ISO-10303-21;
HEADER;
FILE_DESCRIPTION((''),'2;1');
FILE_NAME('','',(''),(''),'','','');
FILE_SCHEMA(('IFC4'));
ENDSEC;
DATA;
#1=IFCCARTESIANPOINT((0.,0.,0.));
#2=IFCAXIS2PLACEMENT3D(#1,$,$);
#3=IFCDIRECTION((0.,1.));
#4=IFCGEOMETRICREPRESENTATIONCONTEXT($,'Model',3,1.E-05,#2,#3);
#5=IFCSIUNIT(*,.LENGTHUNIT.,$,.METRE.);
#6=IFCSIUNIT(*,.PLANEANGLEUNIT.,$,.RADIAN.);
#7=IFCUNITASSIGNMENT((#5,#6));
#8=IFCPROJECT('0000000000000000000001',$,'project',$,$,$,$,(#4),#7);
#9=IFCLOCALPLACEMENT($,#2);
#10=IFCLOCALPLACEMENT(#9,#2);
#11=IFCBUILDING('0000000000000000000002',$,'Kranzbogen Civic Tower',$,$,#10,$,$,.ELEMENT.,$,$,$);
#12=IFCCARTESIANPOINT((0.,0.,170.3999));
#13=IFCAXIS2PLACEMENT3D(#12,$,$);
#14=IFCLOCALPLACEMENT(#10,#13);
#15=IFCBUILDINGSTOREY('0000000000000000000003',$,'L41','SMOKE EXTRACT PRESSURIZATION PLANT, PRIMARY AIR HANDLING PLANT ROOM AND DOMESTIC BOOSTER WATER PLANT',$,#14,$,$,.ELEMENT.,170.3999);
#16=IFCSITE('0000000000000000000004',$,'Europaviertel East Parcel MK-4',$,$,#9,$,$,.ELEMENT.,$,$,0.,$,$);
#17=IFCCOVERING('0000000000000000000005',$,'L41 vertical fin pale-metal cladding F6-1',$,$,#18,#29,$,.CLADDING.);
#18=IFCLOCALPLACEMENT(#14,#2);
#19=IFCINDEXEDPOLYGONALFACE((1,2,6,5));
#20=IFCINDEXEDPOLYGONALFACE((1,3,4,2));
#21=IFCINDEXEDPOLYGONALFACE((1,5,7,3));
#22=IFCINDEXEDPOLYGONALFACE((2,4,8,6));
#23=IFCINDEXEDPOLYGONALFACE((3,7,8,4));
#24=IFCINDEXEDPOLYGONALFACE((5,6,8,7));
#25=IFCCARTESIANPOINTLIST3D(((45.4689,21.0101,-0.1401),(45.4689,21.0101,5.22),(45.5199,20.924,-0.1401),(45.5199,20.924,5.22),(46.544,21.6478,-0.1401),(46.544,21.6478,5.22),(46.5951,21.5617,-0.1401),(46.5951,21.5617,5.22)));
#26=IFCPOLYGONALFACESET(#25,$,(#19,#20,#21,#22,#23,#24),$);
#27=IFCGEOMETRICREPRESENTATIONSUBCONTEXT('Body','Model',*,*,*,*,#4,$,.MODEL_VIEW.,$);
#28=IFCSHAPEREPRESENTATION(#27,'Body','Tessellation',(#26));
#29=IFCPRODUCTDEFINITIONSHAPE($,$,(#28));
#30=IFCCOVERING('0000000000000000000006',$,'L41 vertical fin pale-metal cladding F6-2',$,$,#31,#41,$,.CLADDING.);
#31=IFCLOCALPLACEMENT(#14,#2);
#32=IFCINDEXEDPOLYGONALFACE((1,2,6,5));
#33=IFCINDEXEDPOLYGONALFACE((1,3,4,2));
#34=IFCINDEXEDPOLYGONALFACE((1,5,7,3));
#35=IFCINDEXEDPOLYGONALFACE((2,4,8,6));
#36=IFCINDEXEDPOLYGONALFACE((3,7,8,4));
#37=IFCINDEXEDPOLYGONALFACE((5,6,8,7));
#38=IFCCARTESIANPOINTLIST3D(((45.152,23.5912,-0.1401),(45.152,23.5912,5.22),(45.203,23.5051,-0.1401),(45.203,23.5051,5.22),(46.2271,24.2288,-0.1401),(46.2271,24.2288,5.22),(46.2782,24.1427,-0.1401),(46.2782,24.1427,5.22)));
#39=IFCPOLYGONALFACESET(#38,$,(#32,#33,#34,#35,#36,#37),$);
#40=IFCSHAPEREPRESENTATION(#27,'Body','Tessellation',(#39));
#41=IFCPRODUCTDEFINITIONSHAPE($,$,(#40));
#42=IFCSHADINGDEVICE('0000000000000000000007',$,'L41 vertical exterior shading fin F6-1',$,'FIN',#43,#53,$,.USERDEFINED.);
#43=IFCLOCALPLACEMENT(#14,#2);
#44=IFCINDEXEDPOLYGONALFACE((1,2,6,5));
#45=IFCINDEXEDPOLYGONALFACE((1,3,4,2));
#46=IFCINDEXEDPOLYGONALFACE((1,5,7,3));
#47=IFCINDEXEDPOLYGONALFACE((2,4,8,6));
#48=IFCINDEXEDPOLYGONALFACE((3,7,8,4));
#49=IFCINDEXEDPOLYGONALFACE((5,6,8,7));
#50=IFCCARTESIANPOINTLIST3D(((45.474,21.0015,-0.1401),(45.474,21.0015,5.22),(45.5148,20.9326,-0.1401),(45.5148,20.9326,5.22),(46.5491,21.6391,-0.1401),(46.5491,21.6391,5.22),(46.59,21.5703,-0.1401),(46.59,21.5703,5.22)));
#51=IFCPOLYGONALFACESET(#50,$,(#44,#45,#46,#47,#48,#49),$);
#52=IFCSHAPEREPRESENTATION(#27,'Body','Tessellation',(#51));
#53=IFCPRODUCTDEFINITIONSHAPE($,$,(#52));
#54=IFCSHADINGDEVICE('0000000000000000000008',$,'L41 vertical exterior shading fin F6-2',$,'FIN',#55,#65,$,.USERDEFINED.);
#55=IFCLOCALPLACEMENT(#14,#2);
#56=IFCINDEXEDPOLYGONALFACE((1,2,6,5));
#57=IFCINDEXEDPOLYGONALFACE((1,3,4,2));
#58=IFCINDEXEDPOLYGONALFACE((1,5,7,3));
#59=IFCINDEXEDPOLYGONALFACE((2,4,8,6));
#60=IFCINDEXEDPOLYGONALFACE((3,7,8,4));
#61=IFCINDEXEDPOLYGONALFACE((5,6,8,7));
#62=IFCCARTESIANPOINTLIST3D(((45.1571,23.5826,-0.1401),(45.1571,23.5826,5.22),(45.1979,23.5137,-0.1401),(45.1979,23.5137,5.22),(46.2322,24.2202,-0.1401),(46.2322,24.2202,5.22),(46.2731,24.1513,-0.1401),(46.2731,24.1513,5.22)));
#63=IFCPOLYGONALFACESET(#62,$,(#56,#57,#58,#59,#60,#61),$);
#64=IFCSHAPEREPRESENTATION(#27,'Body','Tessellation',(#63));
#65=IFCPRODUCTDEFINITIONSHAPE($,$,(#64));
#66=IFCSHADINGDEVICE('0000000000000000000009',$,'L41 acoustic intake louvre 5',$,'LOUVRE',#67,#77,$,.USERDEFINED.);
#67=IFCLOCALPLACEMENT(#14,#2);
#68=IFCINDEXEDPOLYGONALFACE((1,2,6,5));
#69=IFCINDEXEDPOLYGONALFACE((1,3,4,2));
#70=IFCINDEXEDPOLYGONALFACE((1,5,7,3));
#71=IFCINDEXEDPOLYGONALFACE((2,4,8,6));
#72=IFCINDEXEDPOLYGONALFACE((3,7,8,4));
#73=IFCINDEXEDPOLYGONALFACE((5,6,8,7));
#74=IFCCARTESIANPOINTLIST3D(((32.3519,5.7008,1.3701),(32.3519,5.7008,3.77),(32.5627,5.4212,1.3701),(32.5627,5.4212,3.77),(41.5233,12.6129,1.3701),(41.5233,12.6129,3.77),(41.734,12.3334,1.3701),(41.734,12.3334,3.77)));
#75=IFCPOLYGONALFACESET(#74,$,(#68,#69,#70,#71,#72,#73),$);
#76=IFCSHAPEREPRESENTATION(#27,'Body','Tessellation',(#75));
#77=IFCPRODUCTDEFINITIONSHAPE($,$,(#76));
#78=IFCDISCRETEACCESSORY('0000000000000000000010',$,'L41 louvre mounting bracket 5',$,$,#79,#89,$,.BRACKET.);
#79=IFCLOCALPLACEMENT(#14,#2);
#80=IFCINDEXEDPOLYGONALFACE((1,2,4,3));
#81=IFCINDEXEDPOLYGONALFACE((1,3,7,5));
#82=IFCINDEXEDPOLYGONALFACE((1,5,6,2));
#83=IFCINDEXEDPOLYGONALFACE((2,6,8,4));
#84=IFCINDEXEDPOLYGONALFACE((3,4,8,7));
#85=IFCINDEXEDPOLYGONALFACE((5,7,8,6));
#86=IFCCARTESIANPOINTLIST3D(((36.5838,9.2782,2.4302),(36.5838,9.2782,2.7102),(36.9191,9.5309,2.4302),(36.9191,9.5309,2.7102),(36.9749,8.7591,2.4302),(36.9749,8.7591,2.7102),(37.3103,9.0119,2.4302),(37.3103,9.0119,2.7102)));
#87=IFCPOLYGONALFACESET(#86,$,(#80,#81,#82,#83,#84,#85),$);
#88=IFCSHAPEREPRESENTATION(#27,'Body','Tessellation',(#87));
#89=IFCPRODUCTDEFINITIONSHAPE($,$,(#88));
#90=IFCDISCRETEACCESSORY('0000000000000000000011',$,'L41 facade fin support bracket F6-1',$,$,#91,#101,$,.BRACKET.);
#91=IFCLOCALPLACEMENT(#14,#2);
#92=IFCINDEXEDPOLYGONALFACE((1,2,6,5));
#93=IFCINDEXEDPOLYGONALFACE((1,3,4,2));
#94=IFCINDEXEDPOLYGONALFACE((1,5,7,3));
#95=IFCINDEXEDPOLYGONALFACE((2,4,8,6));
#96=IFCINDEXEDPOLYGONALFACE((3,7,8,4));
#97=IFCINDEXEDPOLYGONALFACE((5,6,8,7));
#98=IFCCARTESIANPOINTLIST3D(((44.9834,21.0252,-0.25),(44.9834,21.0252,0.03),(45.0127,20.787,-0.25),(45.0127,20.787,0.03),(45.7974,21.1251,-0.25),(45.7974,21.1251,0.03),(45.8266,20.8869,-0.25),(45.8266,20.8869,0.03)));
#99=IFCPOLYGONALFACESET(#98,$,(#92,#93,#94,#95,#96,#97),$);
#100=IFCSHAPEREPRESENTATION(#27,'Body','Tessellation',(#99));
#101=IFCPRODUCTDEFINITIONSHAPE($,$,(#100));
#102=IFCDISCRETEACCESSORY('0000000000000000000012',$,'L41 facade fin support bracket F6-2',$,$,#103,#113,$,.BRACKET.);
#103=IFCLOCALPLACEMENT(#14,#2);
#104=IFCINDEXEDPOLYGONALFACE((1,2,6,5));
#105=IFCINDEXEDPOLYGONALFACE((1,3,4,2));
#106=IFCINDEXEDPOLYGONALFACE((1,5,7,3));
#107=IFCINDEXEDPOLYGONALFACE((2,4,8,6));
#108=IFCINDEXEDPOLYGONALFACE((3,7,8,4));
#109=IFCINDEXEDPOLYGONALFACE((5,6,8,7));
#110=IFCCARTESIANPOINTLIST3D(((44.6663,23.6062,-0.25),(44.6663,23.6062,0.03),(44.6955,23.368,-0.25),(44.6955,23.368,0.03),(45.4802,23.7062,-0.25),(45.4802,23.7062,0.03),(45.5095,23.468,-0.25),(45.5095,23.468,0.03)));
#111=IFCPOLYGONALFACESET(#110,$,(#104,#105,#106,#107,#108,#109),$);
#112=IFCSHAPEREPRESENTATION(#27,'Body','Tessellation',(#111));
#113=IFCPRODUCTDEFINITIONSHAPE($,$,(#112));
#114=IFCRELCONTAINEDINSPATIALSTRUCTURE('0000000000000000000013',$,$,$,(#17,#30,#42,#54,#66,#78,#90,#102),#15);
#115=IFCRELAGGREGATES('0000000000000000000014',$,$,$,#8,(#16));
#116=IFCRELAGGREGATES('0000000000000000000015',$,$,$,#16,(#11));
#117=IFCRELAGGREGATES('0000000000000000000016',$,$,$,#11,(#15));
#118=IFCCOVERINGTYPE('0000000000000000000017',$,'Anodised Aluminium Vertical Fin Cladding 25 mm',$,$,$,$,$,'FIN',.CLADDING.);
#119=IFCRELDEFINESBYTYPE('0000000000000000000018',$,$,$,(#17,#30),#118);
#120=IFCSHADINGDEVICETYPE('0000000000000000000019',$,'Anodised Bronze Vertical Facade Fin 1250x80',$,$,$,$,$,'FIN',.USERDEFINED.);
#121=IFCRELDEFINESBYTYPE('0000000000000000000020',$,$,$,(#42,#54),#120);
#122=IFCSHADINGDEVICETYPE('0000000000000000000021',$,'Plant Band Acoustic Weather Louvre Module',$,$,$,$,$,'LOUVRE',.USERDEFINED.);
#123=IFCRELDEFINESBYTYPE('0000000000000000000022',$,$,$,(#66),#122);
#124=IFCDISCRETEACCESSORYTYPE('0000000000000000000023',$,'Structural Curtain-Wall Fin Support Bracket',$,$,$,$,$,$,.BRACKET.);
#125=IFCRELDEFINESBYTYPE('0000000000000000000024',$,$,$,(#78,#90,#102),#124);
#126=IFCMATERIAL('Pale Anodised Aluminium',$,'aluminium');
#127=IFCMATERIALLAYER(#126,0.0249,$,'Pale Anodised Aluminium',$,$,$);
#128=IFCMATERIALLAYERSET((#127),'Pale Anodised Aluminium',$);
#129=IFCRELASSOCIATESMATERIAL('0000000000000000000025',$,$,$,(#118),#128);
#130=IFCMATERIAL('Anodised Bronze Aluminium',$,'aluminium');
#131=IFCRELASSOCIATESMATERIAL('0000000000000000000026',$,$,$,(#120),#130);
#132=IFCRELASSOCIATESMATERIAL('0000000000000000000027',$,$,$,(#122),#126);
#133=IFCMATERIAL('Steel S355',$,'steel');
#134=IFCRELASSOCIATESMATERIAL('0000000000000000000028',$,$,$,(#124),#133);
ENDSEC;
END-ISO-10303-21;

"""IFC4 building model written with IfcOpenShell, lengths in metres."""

from ifc_helpers import new_model, si_unit, direction, frame, origin, origin_2d, place, context, subcontext, project, spatial, rectangle, extrude, material, layer, layer_set, type_object, element, save


model = new_model("IFC4")

# Units and contexts
model_context = context("Model", 3, precision=1e-05, world=origin(), true_north=direction((0.0, 1.0)))
body_context = subcontext(model_context, "Body", "Model", "MODEL_VIEW")
ifc_project = project(units=[si_unit("LENGTHUNIT", "METRE"), si_unit("PLANEANGLEUNIT", "RADIAN")], contexts=[model_context])

# Site, building, storey
site_placement = place(None, origin())
site = spatial("IfcSite", under=ifc_project, at=site_placement, Name="Europaviertel East Parcel MK-4", CompositionType="ELEMENT", RefElevation=0.0)
building_placement = place(site_placement, origin())
building = spatial("IfcBuilding", under=site, at=building_placement, Name="Kranzbogen Civic Tower", CompositionType="ELEMENT")
storey_placement = place(building_placement, frame((0.0, 0.0, 170.3999)))
storey = spatial("IfcBuildingStorey", under=building, at=storey_placement, Name="L41", Description="SMOKE EXTRACT PRESSURIZATION PLANT, PRIMARY AIR HANDLING PLANT ROOM AND DOMESTIC BOOSTER WATER PLANT", CompositionType="ELEMENT", Elevation=170.3999)

# Shared definitions
ifc_material_1 = material(Name="Steel S355", Category="steel")

# Shared definitions
ifc_material_2 = material(Name="Pale Anodised Aluminium", Category="aluminium")

# Coverings
ifc_layer_1 = layer(ifc_material_2, 0.0249, Name="Pale Anodised Aluminium")
ifc_layer_set_1 = layer_set([ifc_layer_1], Name="Pale Anodised Aluminium")
covering_type = type_object("IfcCoveringType", Name="Anodised Aluminium Vertical Fin Cladding 25 mm", ElementType="FIN", PredefinedType="CLADDING", material=ifc_layer_set_1)
for number, where, z_axis, x_axis, name in (
    (1, (46.032, 21.2859, -0.1401), (0.0, 0.0, 1.0), (0.860111, 0.510108, 0.0), "L41 vertical fin pale-metal cladding F6-1"),
    (2, (45.7151, 23.8669, -0.1401), (0.0, 0.0, 1.0), (0.860111, 0.510108, 0.0), "L41 vertical fin pale-metal cladding F6-2"),
):
    element("IfcCovering", number, at=place(storey_placement, frame(where, z_axis=z_axis, x_axis=x_axis)), inside=storey, type_object=covering_type, Name=name, PredefinedType="CLADDING", context=body_context, shape_type="SweptSolid", body=[
        extrude(rectangle(XDim=1.25, YDim=0.1001, at=origin_2d()), origin(), (0.0, 0.0, 1.0), 5.3601),
    ])

# Shading devices
ifc_material_3 = material(Name="Anodised Bronze Aluminium", Category="aluminium")
shading_device_type_1 = type_object("IfcShadingDeviceType", Name="Anodised Bronze Vertical Facade Fin 1250x80", ElementType="FIN", PredefinedType="USERDEFINED", material=ifc_material_3)
for number, where, z_axis, x_axis, name in (
    (3, (46.032, 21.2859, -0.1401), (0.0, 0.0, 1.0), (0.860111, 0.510108, 0.0), "L41 vertical exterior shading fin F6-1"),
    (4, (45.7151, 23.8669, -0.1401), (0.0, 0.0, 1.0), (0.860111, 0.510108, 0.0), "L41 vertical exterior shading fin F6-2"),
):
    element("IfcShadingDevice", number, at=place(storey_placement, frame(where, z_axis=z_axis, x_axis=x_axis)), inside=storey, type_object=shading_device_type_1, Name=name, ObjectType="FIN", PredefinedType="USERDEFINED", context=body_context, shape_type="SweptSolid", body=[
        extrude(rectangle(XDim=1.25, YDim=0.0801, at=origin_2d()), origin(), (0.0, 0.0, 1.0), 5.3601),
    ])
shading_device_type_2 = type_object("IfcShadingDeviceType", Name="Plant Band Acoustic Weather Louvre Module", ElementType="LOUVRE", PredefinedType="USERDEFINED", material=ifc_material_2)
shading_device_placement = place(storey_placement, frame((37.043, 9.0171, 1.3701), z_axis=(0.0, 0.0, 1.0), x_axis=(0.798593, 0.601871, 0.0)))
element("IfcShadingDevice", 5, at=shading_device_placement, inside=storey, type_object=shading_device_type_2, Name="L41 acoustic intake louvre 5", ObjectType="LOUVRE", PredefinedType="USERDEFINED", context=body_context, shape_type="SweptSolid", body=[
    extrude(rectangle(XDim=11.4844, YDim=0.3501, at=origin_2d()), origin(), (0.0, 0.0, 1.0), 2.3999),
])

# Discrete accessories
discrete_accessory_type = type_object("IfcDiscreteAccessoryType", Name="Structural Curtain-Wall Fin Support Bracket", PredefinedType="BRACKET", material=ifc_material_1)
discrete_accessory_placement = place(storey_placement, frame((36.947, 9.145, 2.4302), z_axis=(0.0, 0.0, 1.0), x_axis=(0.601815, -0.798636, 0.0)))
element("IfcDiscreteAccessory", 6, at=discrete_accessory_placement, inside=storey, type_object=discrete_accessory_type, Name="L41 louvre mounting bracket 5", PredefinedType="BRACKET", context=body_context, shape_type="SweptSolid", body=[
    extrude(rectangle(XDim=0.6499, YDim=0.4199, at=origin_2d()), origin(), (0.0, 0.0, 1.0), 0.28),
])
for number, where, z_axis, x_axis, name in (
    (7, (45.405, 20.9561, -0.25), (0.0, 0.0, 1.0), (0.992546, 0.121869, 0.0), "L41 facade fin support bracket F6-1"),
    (8, (45.0879, 23.5371, -0.25), (0.0, 0.0, 1.0), (0.992546, 0.121869, 0.0), "L41 facade fin support bracket F6-2"),
):
    element("IfcDiscreteAccessory", number, at=place(storey_placement, frame(where, z_axis=z_axis, x_axis=x_axis)), inside=storey, type_object=discrete_accessory_type, Name=name, PredefinedType="BRACKET", context=body_context, shape_type="SweptSolid", body=[
        extrude(rectangle(XDim=0.8201, YDim=0.24, at=origin_2d()), origin(), (0.0, 0.0, 1.0), 0.28),
    ])

save(model, "model.ifc")
